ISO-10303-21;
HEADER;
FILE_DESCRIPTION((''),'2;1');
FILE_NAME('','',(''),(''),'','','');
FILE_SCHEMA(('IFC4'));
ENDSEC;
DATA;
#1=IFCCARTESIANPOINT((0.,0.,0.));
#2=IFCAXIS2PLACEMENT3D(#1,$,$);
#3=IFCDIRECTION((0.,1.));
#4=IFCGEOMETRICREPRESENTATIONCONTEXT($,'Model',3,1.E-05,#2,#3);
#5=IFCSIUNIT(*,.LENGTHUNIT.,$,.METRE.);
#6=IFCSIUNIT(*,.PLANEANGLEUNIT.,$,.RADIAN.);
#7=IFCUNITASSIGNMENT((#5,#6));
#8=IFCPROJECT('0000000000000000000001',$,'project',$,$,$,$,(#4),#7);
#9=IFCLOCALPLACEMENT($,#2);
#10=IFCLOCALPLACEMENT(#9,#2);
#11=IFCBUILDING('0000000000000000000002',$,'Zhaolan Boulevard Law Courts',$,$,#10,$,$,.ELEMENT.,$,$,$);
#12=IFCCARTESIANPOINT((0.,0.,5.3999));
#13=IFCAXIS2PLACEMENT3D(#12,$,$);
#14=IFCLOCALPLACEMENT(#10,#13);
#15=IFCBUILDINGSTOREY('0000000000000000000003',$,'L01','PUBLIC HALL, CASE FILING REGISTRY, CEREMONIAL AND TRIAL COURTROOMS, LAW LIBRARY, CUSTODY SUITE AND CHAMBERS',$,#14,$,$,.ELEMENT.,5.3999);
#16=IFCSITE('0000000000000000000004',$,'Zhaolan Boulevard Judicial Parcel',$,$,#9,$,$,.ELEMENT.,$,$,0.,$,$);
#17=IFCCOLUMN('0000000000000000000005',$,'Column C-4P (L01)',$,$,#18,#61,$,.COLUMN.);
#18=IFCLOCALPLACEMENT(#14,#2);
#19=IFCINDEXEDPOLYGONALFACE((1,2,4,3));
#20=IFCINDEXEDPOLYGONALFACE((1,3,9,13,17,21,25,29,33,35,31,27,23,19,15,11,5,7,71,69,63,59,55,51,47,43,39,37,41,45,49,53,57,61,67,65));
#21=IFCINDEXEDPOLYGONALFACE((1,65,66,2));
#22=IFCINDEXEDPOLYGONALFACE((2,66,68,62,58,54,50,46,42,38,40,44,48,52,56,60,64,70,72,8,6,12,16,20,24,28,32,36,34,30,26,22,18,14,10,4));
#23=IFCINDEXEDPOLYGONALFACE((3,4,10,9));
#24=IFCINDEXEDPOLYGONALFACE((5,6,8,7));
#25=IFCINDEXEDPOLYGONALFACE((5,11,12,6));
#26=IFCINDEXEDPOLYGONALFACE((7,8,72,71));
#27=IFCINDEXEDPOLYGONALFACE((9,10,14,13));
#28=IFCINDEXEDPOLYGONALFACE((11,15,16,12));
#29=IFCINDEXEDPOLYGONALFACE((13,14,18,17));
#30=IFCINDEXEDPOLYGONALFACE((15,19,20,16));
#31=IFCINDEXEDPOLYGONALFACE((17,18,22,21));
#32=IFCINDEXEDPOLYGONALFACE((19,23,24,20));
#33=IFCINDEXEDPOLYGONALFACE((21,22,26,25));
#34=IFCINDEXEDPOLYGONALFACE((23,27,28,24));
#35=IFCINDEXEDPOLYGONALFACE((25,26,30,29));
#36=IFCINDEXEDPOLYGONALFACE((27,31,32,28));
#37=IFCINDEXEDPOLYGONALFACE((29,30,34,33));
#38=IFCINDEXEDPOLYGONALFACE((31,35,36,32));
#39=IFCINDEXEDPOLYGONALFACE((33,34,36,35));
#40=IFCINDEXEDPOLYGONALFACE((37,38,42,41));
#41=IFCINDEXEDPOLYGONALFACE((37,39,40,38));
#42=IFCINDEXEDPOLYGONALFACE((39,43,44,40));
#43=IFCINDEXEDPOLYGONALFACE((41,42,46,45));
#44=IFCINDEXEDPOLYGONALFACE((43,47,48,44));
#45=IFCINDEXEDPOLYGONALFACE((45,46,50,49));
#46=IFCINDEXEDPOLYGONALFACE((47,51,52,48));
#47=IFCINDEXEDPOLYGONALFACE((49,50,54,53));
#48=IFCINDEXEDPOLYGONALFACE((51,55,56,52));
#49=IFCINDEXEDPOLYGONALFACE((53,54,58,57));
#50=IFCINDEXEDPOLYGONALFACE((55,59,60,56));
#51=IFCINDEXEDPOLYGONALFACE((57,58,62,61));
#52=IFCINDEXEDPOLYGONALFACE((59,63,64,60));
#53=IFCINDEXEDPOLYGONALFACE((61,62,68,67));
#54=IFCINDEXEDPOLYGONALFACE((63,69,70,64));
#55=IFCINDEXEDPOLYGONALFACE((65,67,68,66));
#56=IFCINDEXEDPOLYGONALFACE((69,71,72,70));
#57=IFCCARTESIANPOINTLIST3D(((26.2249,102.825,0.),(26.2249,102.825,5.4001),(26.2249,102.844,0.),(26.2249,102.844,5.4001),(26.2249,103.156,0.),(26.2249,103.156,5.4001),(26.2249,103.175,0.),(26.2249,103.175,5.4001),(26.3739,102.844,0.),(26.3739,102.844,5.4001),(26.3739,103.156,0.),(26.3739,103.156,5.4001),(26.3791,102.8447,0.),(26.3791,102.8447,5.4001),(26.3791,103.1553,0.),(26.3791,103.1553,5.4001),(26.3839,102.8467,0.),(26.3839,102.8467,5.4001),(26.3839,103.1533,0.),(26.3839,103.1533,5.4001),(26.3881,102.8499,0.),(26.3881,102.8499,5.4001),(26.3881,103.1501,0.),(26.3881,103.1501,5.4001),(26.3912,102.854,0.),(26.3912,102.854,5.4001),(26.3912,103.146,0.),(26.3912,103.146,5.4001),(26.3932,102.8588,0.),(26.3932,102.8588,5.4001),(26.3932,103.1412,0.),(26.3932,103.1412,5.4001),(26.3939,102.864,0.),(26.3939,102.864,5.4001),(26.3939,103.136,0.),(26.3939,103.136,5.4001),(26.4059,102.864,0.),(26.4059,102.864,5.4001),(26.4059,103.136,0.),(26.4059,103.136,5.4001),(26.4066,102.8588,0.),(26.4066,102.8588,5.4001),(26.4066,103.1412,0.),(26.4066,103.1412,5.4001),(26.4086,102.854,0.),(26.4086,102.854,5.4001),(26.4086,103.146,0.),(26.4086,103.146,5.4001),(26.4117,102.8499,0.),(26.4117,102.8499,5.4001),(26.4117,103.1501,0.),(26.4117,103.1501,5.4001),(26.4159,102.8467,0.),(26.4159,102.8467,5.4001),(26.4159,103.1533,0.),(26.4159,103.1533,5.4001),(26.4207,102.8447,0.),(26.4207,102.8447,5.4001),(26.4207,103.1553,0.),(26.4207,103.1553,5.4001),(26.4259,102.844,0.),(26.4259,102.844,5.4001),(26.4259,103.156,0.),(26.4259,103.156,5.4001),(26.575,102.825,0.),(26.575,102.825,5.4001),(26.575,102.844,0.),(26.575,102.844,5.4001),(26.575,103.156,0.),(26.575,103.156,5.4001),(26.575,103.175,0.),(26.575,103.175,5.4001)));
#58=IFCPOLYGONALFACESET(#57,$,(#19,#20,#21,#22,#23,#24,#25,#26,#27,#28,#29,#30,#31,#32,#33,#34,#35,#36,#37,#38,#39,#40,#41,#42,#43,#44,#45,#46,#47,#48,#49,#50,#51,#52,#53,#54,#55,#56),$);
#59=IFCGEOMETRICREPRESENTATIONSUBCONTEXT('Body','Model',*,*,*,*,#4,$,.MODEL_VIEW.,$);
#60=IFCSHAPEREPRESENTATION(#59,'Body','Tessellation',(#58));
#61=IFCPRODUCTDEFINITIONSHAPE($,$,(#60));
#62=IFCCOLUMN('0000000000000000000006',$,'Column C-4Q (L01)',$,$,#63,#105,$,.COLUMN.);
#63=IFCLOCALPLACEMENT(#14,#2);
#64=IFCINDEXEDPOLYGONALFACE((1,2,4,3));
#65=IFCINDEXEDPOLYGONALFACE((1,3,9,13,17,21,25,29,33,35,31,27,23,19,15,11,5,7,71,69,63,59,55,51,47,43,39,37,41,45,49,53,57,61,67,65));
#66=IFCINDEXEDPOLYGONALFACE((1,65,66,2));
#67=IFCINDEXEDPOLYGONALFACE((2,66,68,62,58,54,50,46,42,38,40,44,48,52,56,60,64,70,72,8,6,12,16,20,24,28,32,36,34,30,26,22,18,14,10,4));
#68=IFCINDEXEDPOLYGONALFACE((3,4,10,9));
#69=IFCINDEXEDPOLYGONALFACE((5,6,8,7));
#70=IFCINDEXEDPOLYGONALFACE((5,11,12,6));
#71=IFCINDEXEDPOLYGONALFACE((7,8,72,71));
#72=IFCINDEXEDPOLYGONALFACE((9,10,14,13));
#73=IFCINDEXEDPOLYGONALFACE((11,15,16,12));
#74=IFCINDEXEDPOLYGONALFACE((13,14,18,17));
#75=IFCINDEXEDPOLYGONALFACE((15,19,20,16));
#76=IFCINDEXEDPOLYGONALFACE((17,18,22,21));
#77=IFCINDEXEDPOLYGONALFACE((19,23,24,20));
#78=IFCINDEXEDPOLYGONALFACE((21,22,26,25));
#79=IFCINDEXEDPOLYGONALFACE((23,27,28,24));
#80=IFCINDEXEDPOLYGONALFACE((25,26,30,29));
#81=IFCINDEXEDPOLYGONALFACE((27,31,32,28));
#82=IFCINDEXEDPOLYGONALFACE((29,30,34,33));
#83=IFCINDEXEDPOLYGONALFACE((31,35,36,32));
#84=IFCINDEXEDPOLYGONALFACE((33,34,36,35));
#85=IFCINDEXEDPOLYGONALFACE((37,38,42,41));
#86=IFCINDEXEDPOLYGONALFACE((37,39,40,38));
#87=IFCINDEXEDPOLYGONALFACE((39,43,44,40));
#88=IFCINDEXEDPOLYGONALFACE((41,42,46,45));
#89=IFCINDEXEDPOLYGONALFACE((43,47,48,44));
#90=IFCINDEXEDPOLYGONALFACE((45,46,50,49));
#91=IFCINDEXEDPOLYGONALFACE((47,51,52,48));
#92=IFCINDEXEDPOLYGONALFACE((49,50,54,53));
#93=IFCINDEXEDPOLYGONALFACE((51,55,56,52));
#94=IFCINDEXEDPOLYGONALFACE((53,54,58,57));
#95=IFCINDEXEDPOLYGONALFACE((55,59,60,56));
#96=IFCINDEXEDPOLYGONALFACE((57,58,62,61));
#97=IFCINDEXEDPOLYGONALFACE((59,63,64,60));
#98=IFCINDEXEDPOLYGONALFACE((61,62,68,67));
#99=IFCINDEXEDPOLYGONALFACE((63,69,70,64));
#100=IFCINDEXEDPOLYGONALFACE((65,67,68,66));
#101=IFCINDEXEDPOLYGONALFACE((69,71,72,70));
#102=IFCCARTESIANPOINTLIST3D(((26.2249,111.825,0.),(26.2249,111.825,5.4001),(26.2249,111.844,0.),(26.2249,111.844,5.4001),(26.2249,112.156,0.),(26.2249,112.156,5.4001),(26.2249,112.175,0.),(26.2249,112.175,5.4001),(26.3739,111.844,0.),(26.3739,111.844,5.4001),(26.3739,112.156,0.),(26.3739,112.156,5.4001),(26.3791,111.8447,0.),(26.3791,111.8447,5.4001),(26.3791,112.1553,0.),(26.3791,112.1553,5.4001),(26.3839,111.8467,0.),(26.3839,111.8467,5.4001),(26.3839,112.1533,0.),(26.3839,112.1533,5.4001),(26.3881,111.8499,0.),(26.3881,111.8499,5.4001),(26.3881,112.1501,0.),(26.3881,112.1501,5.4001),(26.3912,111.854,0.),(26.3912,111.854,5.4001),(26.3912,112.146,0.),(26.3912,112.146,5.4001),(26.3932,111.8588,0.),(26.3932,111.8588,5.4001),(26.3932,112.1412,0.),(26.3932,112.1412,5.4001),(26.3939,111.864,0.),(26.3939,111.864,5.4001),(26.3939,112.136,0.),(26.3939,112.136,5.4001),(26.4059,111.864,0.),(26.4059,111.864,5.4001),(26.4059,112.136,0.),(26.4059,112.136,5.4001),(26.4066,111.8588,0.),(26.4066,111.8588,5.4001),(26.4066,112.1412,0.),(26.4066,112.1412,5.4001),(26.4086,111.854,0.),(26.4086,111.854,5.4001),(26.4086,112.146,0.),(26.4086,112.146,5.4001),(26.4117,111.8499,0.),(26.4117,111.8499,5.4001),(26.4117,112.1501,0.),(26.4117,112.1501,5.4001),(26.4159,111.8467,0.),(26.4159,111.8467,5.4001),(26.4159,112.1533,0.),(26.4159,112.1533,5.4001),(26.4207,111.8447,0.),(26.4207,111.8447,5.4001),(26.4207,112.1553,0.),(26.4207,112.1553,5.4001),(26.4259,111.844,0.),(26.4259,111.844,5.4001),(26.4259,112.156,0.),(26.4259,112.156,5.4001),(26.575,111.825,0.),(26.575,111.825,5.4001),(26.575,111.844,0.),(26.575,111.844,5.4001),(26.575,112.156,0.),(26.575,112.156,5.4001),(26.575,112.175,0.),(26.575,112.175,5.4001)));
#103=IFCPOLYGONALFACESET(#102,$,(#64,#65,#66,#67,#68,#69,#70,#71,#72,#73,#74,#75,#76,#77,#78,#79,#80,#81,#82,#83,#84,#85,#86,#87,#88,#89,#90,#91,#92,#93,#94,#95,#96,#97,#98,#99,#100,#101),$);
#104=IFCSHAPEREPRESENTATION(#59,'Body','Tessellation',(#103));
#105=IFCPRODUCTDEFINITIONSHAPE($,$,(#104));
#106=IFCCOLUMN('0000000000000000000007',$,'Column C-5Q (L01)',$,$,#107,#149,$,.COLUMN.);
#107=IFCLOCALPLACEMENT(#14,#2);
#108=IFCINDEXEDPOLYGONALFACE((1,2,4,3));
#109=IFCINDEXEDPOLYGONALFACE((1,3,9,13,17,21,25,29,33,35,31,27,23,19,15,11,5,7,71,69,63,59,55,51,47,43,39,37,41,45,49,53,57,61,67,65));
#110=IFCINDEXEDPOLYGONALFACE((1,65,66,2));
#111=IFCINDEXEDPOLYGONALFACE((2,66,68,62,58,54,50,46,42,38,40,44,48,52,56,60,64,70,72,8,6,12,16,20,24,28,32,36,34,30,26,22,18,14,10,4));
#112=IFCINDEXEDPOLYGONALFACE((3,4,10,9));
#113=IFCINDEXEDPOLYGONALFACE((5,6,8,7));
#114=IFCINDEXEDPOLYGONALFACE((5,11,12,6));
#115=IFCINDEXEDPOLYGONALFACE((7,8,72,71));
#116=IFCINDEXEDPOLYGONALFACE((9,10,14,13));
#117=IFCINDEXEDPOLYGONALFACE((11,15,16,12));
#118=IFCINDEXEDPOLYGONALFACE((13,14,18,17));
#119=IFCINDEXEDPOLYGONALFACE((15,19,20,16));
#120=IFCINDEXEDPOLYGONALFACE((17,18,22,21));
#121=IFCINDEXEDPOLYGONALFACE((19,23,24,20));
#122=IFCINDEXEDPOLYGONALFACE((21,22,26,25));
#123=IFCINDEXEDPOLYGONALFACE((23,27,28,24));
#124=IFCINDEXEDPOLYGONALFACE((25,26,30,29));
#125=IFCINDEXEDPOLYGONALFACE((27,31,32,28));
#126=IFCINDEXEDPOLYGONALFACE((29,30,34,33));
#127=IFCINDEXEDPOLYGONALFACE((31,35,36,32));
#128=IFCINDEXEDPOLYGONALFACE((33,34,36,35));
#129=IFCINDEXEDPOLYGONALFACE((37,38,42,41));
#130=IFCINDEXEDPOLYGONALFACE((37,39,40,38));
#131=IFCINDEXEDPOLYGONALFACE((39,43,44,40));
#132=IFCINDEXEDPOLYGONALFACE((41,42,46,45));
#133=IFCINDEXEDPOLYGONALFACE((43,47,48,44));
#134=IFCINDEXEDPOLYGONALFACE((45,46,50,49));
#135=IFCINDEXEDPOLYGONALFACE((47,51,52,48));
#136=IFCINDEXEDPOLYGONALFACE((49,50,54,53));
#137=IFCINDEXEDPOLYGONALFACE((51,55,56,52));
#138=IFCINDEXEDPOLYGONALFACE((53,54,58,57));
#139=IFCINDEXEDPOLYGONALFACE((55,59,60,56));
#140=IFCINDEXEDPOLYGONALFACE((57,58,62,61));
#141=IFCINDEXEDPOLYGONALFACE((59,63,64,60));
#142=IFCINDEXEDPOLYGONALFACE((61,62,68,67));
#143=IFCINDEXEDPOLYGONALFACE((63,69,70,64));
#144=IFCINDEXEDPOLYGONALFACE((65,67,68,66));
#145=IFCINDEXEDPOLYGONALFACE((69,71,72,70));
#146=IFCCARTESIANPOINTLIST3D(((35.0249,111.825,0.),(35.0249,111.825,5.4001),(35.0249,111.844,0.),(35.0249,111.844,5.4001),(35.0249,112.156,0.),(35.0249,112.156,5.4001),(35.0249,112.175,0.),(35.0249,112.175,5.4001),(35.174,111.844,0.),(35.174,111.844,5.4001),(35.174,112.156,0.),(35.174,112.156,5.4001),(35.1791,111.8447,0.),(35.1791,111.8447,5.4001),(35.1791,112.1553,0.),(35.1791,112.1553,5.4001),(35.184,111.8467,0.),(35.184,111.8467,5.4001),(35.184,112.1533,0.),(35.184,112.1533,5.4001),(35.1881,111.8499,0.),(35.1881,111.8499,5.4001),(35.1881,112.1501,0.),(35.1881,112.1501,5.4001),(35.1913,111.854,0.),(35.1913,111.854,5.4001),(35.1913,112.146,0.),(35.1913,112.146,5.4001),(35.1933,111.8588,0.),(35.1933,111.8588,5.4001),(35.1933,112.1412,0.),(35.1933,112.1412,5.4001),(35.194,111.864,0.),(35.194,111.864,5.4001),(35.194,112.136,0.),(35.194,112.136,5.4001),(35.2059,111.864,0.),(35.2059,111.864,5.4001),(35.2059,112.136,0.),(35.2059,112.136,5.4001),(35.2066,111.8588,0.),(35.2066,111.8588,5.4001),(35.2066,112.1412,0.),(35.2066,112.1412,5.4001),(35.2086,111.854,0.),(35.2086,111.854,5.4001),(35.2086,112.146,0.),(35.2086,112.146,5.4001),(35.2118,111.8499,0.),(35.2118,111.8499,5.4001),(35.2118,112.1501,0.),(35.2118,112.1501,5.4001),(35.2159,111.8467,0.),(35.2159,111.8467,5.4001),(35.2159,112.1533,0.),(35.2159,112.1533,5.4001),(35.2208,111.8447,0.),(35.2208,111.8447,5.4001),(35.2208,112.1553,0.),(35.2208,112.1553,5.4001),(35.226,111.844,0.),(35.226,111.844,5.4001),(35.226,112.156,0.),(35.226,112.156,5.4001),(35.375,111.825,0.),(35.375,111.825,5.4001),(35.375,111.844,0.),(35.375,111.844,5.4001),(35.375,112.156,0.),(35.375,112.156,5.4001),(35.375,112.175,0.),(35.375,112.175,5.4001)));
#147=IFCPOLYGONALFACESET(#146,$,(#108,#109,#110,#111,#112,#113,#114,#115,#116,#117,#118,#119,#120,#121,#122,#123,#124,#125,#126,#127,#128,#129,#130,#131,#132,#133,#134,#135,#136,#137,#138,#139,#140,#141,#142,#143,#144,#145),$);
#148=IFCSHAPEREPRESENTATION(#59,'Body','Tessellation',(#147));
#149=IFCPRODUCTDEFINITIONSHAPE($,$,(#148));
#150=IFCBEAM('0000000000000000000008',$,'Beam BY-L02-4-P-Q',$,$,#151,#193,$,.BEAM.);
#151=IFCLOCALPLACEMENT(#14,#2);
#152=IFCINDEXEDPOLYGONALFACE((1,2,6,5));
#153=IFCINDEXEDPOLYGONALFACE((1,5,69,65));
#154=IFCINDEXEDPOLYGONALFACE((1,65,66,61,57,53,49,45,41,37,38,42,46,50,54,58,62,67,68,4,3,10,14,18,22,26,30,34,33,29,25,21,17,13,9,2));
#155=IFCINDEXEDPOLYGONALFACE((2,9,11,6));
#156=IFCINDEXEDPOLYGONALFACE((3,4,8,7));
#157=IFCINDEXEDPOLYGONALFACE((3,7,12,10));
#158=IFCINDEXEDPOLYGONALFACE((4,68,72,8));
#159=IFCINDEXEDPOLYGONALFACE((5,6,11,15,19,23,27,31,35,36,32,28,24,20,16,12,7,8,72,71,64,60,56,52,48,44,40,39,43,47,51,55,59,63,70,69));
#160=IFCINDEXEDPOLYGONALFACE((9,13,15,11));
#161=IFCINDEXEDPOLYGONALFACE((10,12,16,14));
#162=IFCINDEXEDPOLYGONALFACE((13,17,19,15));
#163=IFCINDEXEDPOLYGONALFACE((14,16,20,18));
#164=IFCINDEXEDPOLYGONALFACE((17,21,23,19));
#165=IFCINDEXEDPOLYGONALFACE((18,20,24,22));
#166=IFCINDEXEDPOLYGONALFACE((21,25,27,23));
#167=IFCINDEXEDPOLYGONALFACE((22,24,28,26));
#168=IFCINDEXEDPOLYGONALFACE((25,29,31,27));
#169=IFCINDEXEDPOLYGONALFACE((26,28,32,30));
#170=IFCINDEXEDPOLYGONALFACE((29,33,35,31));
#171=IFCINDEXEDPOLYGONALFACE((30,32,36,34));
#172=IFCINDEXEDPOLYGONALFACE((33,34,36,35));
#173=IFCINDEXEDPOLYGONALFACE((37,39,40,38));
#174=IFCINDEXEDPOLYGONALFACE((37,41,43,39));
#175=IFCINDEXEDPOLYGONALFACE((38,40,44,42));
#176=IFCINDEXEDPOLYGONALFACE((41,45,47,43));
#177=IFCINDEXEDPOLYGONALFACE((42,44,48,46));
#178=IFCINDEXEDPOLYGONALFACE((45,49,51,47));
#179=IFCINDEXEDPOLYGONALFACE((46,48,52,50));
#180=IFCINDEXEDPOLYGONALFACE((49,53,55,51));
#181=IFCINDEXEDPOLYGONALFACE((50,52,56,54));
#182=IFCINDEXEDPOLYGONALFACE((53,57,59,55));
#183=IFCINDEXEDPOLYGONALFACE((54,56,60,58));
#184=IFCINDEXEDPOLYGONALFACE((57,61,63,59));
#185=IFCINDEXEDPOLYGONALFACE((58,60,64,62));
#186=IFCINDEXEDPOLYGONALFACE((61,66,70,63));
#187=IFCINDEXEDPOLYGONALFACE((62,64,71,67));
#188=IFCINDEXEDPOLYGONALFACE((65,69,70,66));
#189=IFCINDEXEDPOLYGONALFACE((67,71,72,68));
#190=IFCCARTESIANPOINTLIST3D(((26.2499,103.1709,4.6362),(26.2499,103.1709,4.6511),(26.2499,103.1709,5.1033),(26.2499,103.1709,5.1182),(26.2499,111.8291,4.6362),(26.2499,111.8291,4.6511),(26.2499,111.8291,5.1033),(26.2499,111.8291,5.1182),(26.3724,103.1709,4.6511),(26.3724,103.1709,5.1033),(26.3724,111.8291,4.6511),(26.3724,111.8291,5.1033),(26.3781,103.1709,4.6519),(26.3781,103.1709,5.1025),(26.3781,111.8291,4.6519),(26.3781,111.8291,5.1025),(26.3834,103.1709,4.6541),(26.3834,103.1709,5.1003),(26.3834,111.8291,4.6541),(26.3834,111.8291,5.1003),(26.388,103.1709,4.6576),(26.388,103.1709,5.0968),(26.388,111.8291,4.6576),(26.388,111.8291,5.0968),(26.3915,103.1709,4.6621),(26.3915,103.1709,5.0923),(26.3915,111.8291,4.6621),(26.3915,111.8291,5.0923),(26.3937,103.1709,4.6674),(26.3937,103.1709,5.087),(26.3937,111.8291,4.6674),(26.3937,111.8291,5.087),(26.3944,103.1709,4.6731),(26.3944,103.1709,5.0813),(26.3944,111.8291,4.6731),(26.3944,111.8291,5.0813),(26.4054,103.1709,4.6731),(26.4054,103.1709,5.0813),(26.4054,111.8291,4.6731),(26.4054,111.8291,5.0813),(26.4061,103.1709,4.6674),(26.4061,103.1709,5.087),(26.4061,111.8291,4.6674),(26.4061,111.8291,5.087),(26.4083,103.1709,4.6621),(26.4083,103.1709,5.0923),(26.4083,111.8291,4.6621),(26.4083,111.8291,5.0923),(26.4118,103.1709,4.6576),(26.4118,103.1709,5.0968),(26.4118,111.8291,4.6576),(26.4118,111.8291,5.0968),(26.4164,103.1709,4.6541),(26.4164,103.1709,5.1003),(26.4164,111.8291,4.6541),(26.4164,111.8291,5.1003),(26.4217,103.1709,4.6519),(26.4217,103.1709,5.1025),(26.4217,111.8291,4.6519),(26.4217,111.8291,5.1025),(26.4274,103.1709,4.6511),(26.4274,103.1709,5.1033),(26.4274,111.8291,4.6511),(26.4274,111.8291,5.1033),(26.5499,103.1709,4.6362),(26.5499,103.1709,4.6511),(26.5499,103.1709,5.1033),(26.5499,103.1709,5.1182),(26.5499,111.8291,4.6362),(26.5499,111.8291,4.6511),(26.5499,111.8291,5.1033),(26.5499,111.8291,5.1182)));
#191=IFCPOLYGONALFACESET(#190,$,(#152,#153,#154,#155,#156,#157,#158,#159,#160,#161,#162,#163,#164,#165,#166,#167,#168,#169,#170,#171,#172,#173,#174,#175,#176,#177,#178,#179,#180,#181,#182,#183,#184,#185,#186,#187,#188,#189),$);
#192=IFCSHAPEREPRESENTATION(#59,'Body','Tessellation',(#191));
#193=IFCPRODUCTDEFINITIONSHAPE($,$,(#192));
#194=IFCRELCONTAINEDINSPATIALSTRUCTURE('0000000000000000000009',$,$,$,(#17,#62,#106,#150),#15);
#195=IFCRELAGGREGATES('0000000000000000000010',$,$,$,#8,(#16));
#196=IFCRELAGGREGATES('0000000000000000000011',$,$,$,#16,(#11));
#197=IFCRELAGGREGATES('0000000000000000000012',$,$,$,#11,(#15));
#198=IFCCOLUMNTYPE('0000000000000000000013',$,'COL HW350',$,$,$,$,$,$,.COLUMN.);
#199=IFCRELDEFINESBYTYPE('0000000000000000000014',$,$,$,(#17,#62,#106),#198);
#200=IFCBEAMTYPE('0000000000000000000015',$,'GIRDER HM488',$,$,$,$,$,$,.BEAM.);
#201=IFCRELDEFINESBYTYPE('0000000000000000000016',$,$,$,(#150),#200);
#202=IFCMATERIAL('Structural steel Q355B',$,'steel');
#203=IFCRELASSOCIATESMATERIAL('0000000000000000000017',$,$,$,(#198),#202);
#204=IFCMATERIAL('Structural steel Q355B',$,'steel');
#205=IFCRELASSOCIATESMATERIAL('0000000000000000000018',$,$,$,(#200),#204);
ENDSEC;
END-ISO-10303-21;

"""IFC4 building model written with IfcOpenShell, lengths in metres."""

from ifc_helpers import new_model, si_unit, direction, frame, origin, origin_2d, place, context, subcontext, project, spatial, i_section, extrude, material, material_profile, profile_set, type_object, element, save


model = new_model("IFC4")

# Units and contexts
model_context = context("Model", 3, precision=1e-05, world=origin(), true_north=direction((0.0, 1.0)))
body_context = subcontext(model_context, "Body", "Model", "MODEL_VIEW")
ifc_project = project(units=[si_unit("LENGTHUNIT", "METRE"), si_unit("PLANEANGLEUNIT", "RADIAN")], contexts=[model_context])

# Site, building, storey
site_placement = place(None, origin())
site = spatial("IfcSite", under=ifc_project, at=site_placement, Name="Zhaolan Boulevard Judicial Parcel", CompositionType="ELEMENT", RefElevation=0.0)
building_placement = place(site_placement, origin())
building = spatial("IfcBuilding", under=site, at=building_placement, Name="Zhaolan Boulevard Law Courts", CompositionType="ELEMENT")
storey_placement = place(building_placement, frame((0.0, 0.0, 5.3999)))
storey = spatial("IfcBuildingStorey", under=building, at=storey_placement, Name="L01", Description="PUBLIC HALL, CASE FILING REGISTRY, CEREMONIAL AND TRIAL COURTROOMS, LAW LIBRARY, CUSTODY SUITE AND CHAMBERS", CompositionType="ELEMENT", Elevation=5.3999)

# Columns
ifc_material_1 = material(Name="Structural steel Q355B", Category="steel")
ifc_material_profile_1 = material_profile(ifc_material_1, i_section(OverallWidth=0.3501, OverallDepth=0.3501, WebThickness=0.012, FlangeThickness=0.019, FilletRadius=0.02, at=origin_2d()), Name="HW350x350")
ifc_profile_set_1 = profile_set([ifc_material_profile_1], Name="Structural steel Q355B")
column_type = type_object("IfcColumnType", Name="COL HW350", PredefinedType="COLUMN", material=ifc_profile_set_1)
for number, where, z_axis, x_axis, name in (
    (1, (26.3999, 103.0, 0.0), (0.0, 0.0, 1.0), (1.0, 0.0, 0.0), "Column C-4P (L01)"),
    (2, (26.3999, 112.0, 0.0), (0.0, 0.0, 1.0), (1.0, 0.0, 0.0), "Column C-4Q (L01)"),
    (3, (35.2, 112.0, 0.0), (0.0, 0.0, 1.0), (1.0, 0.0, 0.0), "Column C-5Q (L01)"),
):
    element("IfcColumn", number, at=place(storey_placement, frame(where, z_axis=z_axis, x_axis=x_axis)), inside=storey, type_object=column_type, Name=name, PredefinedType="COLUMN", context=body_context, shape_type="SweptSolid", body=[
        extrude(i_section(OverallWidth=0.3501, OverallDepth=0.3501, WebThickness=0.012, FlangeThickness=0.019, FilletRadius=0.02, at=origin_2d()), origin(), (0.0, 0.0, 1.0), 5.4001),
    ])

# Beam
ifc_material_2 = material(Name="Structural steel Q355B", Category="steel")
ifc_material_profile_2 = material_profile(ifc_material_2, i_section(OverallWidth=0.3, OverallDepth=0.4819, WebThickness=0.011, FlangeThickness=0.0149, FilletRadius=0.022, at=origin_2d()), Name="HM482x300")
ifc_profile_set_2 = profile_set([ifc_material_profile_2], Name="Structural steel Q355B")
beam_type_1 = type_object("IfcBeamType", Name="GIRDER HM488", PredefinedType="BEAM", material=ifc_profile_set_2)
beam_1_placement = place(storey_placement, frame((26.3999, 103.1709, 4.8772), z_axis=(0.0, 1.0, 0.0), x_axis=(-1.0, 0.0, 0.0)))
element("IfcBeam", 4, at=beam_1_placement, inside=storey, type_object=beam_type_1, Name="Beam BY-L02-4-P-Q", PredefinedType="BEAM", context=body_context, shape_type="SweptSolid", body=[
    extrude(i_section(OverallWidth=0.3, OverallDepth=0.4819, WebThickness=0.011, FlangeThickness=0.0149, FilletRadius=0.022, at=origin_2d()), origin(), (0.0, 0.0, 1.0), 8.6582),
])

save(model, "model.ifc")
